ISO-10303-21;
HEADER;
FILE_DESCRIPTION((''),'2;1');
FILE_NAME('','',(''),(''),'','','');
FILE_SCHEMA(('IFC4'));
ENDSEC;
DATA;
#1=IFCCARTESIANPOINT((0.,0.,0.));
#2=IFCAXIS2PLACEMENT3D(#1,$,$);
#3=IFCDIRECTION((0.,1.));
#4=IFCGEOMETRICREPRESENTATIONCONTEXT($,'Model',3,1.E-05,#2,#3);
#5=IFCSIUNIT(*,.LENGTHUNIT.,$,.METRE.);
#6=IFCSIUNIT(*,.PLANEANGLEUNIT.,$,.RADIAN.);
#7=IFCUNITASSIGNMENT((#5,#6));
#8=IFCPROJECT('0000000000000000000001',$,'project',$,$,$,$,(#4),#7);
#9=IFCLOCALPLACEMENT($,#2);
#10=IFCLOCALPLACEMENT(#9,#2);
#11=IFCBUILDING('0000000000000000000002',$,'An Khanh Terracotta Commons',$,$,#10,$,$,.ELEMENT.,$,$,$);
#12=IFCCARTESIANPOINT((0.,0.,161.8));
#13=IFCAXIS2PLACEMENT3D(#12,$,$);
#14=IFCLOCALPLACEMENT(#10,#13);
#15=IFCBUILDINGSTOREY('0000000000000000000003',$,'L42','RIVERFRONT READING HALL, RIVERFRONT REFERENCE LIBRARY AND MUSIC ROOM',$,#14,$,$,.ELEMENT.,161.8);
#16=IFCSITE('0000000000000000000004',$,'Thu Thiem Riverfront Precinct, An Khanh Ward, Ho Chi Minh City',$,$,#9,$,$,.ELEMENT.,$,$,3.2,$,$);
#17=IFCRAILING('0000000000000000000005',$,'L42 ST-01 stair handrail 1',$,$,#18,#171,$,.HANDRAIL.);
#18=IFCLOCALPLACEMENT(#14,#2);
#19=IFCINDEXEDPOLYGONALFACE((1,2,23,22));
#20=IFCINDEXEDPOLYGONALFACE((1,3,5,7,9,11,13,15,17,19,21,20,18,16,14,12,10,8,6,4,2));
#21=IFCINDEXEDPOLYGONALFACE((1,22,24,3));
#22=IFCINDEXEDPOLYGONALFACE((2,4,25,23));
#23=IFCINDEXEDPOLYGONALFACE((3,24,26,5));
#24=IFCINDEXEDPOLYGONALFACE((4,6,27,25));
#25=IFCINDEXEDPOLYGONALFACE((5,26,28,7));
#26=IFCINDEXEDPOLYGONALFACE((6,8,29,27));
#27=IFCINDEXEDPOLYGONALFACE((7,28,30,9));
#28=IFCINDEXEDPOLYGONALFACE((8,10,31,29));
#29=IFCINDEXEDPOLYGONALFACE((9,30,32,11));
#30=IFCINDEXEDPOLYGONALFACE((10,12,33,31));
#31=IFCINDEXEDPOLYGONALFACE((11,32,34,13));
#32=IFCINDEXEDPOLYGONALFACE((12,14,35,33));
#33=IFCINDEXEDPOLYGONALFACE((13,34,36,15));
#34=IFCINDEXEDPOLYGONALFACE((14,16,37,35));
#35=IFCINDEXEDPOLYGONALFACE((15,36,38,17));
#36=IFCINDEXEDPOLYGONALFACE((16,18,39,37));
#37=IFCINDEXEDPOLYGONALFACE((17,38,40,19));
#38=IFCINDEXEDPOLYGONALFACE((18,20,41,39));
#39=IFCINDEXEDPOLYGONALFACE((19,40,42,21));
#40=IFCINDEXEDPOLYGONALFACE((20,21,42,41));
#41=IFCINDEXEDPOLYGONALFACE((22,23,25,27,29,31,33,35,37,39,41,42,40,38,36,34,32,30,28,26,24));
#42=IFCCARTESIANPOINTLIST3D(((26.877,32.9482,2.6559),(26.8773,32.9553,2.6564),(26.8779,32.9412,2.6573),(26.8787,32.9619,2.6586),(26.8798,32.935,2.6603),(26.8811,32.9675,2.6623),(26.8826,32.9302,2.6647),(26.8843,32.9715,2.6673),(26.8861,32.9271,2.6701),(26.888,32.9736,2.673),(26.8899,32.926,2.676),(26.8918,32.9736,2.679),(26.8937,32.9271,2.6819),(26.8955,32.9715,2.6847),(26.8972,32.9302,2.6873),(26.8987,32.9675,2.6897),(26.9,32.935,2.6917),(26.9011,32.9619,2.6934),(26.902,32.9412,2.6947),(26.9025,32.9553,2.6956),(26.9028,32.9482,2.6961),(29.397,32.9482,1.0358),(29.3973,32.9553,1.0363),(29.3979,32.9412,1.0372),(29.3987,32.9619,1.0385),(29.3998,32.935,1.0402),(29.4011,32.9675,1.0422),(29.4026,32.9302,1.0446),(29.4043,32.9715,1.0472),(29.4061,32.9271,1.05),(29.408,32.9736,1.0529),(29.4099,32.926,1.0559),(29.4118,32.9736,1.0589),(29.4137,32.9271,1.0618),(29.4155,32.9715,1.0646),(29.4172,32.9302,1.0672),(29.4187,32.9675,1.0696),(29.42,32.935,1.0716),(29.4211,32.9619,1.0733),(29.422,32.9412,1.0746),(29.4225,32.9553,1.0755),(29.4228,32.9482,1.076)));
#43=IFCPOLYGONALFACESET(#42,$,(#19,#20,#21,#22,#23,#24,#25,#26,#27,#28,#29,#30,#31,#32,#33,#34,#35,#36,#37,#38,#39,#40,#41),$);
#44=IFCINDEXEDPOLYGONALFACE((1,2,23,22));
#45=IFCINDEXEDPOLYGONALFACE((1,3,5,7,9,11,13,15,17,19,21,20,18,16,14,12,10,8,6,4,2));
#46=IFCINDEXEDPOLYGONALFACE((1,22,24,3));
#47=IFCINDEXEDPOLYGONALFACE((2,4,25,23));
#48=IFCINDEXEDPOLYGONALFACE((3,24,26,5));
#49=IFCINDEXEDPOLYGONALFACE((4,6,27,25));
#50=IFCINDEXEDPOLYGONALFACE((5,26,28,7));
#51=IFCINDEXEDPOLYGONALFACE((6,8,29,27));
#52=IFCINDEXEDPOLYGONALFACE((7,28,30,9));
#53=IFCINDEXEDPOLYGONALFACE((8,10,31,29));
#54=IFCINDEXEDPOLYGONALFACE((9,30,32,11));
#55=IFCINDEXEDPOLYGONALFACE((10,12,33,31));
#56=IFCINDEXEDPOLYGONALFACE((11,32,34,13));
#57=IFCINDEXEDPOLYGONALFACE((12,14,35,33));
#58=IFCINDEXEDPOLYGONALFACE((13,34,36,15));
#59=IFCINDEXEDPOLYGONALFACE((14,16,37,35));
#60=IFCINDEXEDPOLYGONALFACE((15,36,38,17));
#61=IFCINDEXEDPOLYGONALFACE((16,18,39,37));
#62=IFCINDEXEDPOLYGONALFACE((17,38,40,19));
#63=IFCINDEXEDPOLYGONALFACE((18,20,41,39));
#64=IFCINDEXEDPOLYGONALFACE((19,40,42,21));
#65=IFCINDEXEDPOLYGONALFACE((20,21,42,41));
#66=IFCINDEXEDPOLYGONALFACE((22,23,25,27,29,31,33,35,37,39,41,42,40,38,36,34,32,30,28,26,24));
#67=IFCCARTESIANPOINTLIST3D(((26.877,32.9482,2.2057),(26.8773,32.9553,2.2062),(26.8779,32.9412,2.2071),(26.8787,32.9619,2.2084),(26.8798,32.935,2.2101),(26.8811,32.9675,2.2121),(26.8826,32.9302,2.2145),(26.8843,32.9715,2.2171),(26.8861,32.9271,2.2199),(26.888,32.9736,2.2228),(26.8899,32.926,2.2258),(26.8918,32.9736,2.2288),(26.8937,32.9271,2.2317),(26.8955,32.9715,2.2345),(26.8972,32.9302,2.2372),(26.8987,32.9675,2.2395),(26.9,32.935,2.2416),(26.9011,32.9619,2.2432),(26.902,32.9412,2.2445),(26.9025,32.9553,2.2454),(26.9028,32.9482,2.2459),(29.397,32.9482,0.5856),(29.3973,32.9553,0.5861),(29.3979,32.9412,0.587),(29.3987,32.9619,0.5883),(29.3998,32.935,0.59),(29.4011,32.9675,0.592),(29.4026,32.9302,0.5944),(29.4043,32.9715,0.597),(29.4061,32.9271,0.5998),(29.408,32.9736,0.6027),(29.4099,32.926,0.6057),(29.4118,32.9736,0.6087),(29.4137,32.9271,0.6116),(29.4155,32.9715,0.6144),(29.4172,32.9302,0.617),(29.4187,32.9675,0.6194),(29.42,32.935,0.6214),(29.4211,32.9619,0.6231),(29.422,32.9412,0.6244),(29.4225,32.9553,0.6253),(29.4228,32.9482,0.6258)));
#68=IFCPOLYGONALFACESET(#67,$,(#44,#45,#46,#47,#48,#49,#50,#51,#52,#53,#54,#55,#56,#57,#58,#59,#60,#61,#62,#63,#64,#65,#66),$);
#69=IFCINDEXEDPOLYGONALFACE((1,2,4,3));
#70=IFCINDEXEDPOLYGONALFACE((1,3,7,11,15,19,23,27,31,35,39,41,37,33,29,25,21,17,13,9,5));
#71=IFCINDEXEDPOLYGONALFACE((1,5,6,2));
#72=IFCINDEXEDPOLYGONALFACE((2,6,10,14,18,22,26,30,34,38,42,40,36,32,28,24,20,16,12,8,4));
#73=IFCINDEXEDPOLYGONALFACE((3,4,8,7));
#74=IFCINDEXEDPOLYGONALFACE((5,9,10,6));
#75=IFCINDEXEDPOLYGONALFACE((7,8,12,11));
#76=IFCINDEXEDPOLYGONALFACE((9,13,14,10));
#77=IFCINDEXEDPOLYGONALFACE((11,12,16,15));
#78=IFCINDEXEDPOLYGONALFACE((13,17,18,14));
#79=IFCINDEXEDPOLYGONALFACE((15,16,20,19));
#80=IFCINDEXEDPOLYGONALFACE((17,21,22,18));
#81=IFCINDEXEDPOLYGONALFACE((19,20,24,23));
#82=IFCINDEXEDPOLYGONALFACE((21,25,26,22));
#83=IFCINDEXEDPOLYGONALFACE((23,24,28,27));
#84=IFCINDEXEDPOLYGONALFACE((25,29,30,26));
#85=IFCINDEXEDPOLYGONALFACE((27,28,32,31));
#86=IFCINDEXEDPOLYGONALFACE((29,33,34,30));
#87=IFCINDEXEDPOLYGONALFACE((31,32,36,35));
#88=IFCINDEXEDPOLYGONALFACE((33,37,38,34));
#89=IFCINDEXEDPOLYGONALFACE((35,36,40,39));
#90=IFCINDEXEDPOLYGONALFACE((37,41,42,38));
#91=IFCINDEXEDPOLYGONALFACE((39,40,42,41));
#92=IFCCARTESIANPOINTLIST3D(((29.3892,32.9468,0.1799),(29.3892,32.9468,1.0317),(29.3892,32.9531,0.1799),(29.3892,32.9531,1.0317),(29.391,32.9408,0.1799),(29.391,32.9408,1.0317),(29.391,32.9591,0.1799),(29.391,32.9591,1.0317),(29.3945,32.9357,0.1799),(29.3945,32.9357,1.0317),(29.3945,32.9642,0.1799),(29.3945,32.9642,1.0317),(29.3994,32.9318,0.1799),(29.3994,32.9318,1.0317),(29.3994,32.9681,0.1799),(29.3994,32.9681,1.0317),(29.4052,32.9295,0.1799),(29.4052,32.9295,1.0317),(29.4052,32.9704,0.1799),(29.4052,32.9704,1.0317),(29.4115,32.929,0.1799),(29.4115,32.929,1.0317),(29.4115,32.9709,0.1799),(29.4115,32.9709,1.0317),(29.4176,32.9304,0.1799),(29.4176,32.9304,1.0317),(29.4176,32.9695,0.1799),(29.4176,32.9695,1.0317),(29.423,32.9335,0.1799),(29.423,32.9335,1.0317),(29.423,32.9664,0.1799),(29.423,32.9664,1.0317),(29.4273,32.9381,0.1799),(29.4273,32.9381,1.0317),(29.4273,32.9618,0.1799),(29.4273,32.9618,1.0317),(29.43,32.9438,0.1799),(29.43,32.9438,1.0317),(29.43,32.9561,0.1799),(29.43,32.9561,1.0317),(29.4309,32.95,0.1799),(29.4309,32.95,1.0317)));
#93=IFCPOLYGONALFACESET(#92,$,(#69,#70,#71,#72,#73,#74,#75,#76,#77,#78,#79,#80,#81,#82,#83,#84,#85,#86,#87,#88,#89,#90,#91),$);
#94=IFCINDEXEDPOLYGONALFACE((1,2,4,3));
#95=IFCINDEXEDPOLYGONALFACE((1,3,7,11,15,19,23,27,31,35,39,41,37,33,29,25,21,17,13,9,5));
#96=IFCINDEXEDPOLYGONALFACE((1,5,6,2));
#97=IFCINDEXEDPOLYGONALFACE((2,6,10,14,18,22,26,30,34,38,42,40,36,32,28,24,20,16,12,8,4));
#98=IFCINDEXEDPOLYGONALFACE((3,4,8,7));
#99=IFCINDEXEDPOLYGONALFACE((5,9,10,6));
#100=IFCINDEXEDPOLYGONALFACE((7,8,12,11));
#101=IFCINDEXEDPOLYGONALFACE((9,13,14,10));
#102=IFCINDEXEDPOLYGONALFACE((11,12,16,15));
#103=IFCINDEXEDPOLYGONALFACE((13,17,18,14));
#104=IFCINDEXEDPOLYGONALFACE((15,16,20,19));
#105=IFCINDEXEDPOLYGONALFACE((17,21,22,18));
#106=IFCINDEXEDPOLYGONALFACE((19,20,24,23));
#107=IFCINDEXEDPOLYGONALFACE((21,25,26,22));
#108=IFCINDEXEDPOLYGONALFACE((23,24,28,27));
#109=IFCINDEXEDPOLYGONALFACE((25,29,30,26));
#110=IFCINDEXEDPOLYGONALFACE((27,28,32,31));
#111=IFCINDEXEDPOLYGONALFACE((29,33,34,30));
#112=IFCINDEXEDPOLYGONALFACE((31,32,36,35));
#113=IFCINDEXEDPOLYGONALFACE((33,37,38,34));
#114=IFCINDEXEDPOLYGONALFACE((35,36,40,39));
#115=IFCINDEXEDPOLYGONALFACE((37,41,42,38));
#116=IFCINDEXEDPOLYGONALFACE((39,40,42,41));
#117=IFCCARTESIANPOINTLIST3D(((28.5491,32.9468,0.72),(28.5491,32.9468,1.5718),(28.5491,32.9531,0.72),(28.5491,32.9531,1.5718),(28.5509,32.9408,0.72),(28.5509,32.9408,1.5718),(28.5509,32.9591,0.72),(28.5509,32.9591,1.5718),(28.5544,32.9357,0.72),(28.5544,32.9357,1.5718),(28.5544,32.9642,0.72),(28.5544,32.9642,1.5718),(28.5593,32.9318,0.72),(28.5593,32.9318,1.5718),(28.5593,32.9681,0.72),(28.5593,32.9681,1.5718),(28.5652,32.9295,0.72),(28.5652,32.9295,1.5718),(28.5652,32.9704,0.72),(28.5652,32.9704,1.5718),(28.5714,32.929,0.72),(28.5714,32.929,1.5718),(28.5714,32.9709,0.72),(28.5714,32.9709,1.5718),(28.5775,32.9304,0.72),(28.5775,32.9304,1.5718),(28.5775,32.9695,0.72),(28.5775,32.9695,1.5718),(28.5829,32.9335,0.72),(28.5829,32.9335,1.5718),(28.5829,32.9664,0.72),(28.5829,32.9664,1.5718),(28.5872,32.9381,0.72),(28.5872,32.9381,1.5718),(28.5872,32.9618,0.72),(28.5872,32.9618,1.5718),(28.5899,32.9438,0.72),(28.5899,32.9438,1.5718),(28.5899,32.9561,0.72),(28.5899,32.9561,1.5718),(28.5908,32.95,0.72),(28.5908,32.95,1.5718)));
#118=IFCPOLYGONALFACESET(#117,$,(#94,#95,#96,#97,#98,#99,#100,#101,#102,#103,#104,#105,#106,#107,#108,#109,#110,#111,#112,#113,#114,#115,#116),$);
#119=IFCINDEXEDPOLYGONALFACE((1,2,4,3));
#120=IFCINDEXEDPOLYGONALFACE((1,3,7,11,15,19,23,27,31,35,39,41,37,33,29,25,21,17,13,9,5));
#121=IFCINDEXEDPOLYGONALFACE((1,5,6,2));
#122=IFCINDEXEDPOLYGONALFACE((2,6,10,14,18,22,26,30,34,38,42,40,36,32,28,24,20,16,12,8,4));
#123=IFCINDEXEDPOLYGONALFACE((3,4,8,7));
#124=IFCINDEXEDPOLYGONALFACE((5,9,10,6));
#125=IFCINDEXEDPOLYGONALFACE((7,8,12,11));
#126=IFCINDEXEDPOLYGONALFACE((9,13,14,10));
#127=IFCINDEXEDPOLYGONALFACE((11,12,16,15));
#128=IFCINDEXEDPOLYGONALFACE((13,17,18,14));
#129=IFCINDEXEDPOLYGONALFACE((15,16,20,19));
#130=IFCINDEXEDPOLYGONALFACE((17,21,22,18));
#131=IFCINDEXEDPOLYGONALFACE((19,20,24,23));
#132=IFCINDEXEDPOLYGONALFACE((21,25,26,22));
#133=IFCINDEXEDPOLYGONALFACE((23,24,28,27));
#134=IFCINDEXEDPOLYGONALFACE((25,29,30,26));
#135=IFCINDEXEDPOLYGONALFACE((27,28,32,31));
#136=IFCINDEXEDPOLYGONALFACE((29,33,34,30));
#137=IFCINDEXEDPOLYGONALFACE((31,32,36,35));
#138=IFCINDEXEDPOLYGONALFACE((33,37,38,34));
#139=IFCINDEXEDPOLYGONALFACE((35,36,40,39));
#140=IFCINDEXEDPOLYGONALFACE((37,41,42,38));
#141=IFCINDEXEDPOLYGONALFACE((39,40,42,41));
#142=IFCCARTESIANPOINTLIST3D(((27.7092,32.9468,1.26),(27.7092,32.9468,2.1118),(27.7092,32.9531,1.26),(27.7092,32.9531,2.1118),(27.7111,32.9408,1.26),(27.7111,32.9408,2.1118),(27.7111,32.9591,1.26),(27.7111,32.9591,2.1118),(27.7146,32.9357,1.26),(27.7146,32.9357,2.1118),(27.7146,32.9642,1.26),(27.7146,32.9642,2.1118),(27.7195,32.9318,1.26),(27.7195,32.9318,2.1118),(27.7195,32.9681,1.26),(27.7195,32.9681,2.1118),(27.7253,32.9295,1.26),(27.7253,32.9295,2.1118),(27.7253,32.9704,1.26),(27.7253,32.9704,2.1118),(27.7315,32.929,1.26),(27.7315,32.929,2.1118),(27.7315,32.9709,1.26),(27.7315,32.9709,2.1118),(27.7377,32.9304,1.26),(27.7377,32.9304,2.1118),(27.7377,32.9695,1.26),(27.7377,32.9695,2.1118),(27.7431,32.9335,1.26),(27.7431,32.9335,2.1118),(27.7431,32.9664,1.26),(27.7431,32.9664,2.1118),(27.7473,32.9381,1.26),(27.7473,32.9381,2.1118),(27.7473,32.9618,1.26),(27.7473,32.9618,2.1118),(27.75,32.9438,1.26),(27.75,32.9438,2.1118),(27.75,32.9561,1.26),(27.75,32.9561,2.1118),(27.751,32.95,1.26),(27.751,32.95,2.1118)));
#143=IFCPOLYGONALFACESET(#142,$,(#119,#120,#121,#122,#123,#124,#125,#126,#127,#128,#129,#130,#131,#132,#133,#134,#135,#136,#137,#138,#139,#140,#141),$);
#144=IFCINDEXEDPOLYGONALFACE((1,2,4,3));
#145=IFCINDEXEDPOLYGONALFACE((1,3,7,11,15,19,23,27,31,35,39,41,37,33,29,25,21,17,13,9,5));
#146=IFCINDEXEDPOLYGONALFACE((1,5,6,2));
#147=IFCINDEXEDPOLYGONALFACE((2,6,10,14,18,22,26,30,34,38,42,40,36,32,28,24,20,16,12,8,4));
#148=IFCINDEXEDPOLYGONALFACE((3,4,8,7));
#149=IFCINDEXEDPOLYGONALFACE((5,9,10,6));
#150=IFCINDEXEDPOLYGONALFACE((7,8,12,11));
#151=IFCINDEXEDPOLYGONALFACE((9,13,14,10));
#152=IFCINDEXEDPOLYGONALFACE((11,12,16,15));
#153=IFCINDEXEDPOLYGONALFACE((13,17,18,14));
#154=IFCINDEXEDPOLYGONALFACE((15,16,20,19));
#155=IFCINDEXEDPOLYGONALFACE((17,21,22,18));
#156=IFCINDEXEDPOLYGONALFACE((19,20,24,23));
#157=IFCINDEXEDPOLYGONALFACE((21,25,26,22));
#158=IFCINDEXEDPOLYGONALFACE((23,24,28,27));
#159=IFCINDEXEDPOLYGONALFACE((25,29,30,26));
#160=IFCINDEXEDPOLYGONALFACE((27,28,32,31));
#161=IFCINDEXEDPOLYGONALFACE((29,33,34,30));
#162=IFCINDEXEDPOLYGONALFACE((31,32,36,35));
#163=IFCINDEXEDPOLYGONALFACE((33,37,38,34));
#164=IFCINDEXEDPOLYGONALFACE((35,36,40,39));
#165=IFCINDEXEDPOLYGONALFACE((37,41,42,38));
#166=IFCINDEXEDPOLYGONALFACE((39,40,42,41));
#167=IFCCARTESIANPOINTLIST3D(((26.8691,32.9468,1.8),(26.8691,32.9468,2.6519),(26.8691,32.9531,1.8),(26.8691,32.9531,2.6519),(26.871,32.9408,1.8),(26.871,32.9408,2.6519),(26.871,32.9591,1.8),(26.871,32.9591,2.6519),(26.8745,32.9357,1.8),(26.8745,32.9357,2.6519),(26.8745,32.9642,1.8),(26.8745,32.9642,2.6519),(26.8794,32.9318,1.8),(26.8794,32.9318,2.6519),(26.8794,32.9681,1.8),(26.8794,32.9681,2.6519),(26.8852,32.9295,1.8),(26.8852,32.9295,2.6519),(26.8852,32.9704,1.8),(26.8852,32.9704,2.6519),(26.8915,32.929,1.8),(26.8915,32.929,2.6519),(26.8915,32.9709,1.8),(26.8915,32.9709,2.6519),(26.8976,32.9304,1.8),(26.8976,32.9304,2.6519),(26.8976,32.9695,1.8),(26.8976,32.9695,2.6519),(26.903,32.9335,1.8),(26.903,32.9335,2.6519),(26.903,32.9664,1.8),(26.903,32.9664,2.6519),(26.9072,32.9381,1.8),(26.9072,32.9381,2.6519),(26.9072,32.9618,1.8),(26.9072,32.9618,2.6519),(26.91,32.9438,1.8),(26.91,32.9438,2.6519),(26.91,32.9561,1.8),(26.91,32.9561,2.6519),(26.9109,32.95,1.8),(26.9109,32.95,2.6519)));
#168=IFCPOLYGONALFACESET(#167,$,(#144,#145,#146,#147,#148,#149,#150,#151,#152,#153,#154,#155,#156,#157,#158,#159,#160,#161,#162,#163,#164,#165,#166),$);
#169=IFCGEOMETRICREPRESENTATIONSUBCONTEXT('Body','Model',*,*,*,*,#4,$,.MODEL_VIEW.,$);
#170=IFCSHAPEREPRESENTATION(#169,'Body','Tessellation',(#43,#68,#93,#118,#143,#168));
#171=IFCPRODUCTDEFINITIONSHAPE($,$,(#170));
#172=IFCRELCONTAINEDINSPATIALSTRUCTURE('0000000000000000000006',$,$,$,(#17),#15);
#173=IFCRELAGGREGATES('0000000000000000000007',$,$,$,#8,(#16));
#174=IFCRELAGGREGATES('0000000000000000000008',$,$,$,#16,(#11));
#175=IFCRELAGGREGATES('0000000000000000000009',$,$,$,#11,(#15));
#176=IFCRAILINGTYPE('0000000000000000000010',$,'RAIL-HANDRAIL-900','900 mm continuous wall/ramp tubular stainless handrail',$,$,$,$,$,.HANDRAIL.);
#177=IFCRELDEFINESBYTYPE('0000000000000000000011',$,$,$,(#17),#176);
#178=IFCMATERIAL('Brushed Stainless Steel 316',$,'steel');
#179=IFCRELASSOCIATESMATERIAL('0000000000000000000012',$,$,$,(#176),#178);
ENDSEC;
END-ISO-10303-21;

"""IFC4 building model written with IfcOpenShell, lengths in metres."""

from ifc_helpers import new_model, si_unit, direction, frame, origin, origin_2d, place, context, subcontext, project, spatial, circle, extrude, material, type_object, element, save


model = new_model("IFC4")

# Units and contexts
model_context = context("Model", 3, precision=1e-05, world=origin(), true_north=direction((0.0, 1.0)))
body_context = subcontext(model_context, "Body", "Model", "MODEL_VIEW")
ifc_project = project(units=[si_unit("LENGTHUNIT", "METRE"), si_unit("PLANEANGLEUNIT", "RADIAN")], contexts=[model_context])

# Site, building, storey
site_placement = place(None, origin())
site = spatial("IfcSite", under=ifc_project, at=site_placement, Name="Thu Thiem Riverfront Precinct, An Khanh Ward, Ho Chi Minh City", CompositionType="ELEMENT", RefElevation=3.2)
building_placement = place(site_placement, origin())
building = spatial("IfcBuilding", under=site, at=building_placement, Name="An Khanh Terracotta Commons", CompositionType="ELEMENT")
storey_placement = place(building_placement, frame((0.0, 0.0, 161.8)))
storey = spatial("IfcBuildingStorey", under=building, at=storey_placement, Name="L42", Description="RIVERFRONT READING HALL, RIVERFRONT REFERENCE LIBRARY AND MUSIC ROOM", CompositionType="ELEMENT", Elevation=161.8)

# Railing
ifc_material_1 = material(Name="Brushed Stainless Steel 316", Category="steel")
railing_type_1 = type_object("IfcRailingType", Name="RAIL-HANDRAIL-900", Description="900 mm continuous wall/ramp tubular stainless handrail", PredefinedType="HANDRAIL", material=ifc_material_1)
railing_1_placement = place(storey_placement, frame((29.4099, 32.95, 0.1799)))
element("IfcRailing", 1, at=railing_1_placement, inside=storey, type_object=railing_type_1, Name="L42 ST-01 stair handrail 1", PredefinedType="HANDRAIL", context=body_context, shape_type="SweptSolid", body=[
    extrude(circle(Radius=0.0239, at=origin_2d()), frame((0.0, 0.0, 0.876), z_axis=(-0.841163, 0.0, 0.540782), x_axis=(0.0, -1.0, 0.0)), (0.0, 0.0, 1.0), 2.9958),
    extrude(circle(Radius=0.0239, at=origin_2d()), frame((0.0, 0.0, 0.4258), z_axis=(-0.841163, 0.0, 0.540782), x_axis=(0.0, -1.0, 0.0)), (0.0, 0.0, 1.0), 2.9958),
    extrude(circle(Radius=0.021, at=origin_2d()), origin(), (0.0, 0.0, 1.0), 0.8518),
    extrude(circle(Radius=0.021, at=origin_2d()), frame((-0.8401, 0.0, 0.54)), (0.0, 0.0, 1.0), 0.8518),
    extrude(circle(Radius=0.021, at=origin_2d()), frame((-1.6799, 0.0, 1.0801)), (0.0, 0.0, 1.0), 0.8518),
    extrude(circle(Radius=0.021, at=origin_2d()), frame((-2.52, 0.0, 1.6201)), (0.0, 0.0, 1.0), 0.8518),
])

save(model, "model.ifc")
